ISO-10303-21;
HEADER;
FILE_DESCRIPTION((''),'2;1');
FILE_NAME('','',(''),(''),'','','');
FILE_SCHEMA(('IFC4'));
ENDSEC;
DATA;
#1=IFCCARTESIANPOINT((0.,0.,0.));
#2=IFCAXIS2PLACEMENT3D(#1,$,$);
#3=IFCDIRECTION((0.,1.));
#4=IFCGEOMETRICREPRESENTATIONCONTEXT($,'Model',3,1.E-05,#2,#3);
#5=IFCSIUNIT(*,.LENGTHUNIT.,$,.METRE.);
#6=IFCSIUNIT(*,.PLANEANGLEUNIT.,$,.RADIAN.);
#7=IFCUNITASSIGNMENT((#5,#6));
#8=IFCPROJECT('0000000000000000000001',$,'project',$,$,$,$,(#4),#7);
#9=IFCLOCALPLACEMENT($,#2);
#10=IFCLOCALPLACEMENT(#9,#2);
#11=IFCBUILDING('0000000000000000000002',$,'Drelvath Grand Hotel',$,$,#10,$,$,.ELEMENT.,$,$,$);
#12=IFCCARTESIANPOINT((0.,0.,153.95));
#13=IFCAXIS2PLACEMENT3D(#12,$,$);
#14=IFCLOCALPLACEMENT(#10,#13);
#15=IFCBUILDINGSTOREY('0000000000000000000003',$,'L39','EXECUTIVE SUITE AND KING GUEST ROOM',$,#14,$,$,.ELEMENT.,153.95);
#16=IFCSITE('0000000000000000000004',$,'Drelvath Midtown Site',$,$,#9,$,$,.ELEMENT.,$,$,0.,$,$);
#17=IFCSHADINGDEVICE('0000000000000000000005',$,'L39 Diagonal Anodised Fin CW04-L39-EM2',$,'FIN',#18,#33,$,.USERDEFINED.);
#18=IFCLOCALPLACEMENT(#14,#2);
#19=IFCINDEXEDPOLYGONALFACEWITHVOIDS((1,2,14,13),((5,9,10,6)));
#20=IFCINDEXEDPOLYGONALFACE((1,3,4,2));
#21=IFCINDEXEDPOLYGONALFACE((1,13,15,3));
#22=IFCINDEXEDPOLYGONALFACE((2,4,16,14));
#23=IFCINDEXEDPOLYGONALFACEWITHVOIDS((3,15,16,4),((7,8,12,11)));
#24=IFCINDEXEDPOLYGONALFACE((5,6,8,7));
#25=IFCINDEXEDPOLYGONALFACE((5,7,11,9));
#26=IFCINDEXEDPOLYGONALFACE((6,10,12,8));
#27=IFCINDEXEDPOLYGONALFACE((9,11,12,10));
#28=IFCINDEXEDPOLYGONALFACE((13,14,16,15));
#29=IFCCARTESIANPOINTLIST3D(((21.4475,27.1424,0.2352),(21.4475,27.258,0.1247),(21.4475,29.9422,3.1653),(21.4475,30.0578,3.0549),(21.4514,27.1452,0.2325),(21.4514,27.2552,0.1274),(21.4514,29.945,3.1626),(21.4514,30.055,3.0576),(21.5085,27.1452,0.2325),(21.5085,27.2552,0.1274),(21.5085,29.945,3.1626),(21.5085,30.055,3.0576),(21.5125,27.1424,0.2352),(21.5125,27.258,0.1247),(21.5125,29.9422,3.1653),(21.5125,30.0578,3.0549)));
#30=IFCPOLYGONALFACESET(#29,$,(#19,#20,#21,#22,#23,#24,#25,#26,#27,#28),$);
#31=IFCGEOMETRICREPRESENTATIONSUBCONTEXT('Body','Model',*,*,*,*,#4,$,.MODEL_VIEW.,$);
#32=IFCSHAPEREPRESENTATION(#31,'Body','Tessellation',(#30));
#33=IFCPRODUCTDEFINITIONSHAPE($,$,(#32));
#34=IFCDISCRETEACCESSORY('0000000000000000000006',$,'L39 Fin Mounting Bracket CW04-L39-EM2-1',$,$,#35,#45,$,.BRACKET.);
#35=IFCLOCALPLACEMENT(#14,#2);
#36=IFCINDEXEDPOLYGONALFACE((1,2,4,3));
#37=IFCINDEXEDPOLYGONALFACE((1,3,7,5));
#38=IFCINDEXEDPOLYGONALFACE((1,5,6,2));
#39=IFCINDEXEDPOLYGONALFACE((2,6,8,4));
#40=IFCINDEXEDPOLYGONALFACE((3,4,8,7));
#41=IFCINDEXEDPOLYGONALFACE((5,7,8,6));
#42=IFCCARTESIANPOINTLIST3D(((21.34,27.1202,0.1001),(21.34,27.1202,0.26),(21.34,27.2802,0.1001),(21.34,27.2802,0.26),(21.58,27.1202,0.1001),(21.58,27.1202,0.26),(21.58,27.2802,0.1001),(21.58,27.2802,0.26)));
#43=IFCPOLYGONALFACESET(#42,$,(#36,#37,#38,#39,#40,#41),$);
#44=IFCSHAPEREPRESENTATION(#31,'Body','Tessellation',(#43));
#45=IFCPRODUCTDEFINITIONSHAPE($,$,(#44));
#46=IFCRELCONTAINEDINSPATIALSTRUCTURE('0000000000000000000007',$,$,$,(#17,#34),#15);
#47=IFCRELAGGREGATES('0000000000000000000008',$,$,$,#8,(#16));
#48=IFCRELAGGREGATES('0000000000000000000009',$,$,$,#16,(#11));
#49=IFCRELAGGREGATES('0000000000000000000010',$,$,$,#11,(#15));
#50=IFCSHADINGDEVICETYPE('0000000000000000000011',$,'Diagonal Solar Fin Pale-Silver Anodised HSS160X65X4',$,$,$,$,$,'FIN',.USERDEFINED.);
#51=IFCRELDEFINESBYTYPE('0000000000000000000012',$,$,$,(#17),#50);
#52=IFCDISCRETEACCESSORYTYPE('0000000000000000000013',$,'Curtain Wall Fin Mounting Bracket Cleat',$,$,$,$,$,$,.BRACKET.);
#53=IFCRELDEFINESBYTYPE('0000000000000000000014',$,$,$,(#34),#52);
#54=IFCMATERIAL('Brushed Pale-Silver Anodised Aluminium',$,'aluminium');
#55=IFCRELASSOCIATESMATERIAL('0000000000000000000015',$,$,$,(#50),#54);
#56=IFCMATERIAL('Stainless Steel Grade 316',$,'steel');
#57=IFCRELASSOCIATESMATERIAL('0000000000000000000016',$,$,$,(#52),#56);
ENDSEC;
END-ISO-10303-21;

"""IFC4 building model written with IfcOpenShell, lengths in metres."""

from ifc_helpers import new_model, si_unit, direction, frame, origin, origin_2d, place, context, subcontext, project, spatial, rectangle, hollow_rectangle, extrude, material, material_profile, profile_set, type_object, element, save


model = new_model("IFC4")

# Units and contexts
model_context = context("Model", 3, precision=1e-05, world=origin(), true_north=direction((0.0, 1.0)))
body_context = subcontext(model_context, "Body", "Model", "MODEL_VIEW")
ifc_project = project(units=[si_unit("LENGTHUNIT", "METRE"), si_unit("PLANEANGLEUNIT", "RADIAN")], contexts=[model_context])

# Site, building, storey
site_placement = place(None, origin())
site = spatial("IfcSite", under=ifc_project, at=site_placement, Name="Drelvath Midtown Site", CompositionType="ELEMENT", RefElevation=0.0)
building_placement = place(site_placement, origin())
building = spatial("IfcBuilding", under=site, at=building_placement, Name="Drelvath Grand Hotel", CompositionType="ELEMENT")
storey_placement = place(building_placement, frame((0.0, 0.0, 153.95)))
storey = spatial("IfcBuildingStorey", under=building, at=storey_placement, Name="L39", Description="EXECUTIVE SUITE AND KING GUEST ROOM", CompositionType="ELEMENT", Elevation=153.95)

# Shading device
ifc_material_1 = material(Name="Brushed Pale-Silver Anodised Aluminium", Category="aluminium")
ifc_material_profile_1 = material_profile(ifc_material_1, hollow_rectangle(XDim=0.0649, YDim=0.1599, WallThickness=0.0039, at=origin_2d()), Name="HSS160X65X4")
ifc_profile_set_1 = profile_set([ifc_material_profile_1], Name="Brushed Pale-Silver Anodised Aluminium")
shading_device_type = type_object("IfcShadingDeviceType", Name="Diagonal Solar Fin Pale-Silver Anodised HSS160X65X4", ElementType="FIN", PredefinedType="USERDEFINED", material=ifc_profile_set_1)
shading_device_placement = place(storey_placement, frame((21.48, 27.2002, 0.1799), z_axis=(0.0, 0.69084, 0.723008), x_axis=(-1.0, 0.0, 0.0)))
element("IfcShadingDevice", 1, at=shading_device_placement, inside=storey, type_object=shading_device_type, Name="L39 Diagonal Anodised Fin CW04-L39-EM2", ObjectType="FIN", PredefinedType="USERDEFINED", context=body_context, shape_type="SweptSolid", body=[
    extrude(hollow_rectangle(XDim=0.0649, YDim=0.1599, WallThickness=0.0039, at=origin_2d()), origin(), (0.0, 0.0, 1.0), 4.0527),
])

# Discrete accessory
ifc_material_2 = material(Name="Stainless Steel Grade 316", Category="steel")
discrete_accessory_type = type_object("IfcDiscreteAccessoryType", Name="Curtain Wall Fin Mounting Bracket Cleat", PredefinedType="BRACKET", material=ifc_material_2)
discrete_accessory_placement = place(storey_placement, frame((21.46, 27.2002, 0.1001), z_axis=(0.0, 0.0, 1.0), x_axis=(0.0, -1.0, 0.0)))
element("IfcDiscreteAccessory", 2, at=discrete_accessory_placement, inside=storey, type_object=discrete_accessory_type, Name="L39 Fin Mounting Bracket CW04-L39-EM2-1", PredefinedType="BRACKET", context=body_context, shape_type="SweptSolid", body=[
    extrude(rectangle(XDim=0.1599, YDim=0.24, at=origin_2d()), origin(), (0.0, 0.0, 1.0), 0.1599),
])

save(model, "model.ifc")
